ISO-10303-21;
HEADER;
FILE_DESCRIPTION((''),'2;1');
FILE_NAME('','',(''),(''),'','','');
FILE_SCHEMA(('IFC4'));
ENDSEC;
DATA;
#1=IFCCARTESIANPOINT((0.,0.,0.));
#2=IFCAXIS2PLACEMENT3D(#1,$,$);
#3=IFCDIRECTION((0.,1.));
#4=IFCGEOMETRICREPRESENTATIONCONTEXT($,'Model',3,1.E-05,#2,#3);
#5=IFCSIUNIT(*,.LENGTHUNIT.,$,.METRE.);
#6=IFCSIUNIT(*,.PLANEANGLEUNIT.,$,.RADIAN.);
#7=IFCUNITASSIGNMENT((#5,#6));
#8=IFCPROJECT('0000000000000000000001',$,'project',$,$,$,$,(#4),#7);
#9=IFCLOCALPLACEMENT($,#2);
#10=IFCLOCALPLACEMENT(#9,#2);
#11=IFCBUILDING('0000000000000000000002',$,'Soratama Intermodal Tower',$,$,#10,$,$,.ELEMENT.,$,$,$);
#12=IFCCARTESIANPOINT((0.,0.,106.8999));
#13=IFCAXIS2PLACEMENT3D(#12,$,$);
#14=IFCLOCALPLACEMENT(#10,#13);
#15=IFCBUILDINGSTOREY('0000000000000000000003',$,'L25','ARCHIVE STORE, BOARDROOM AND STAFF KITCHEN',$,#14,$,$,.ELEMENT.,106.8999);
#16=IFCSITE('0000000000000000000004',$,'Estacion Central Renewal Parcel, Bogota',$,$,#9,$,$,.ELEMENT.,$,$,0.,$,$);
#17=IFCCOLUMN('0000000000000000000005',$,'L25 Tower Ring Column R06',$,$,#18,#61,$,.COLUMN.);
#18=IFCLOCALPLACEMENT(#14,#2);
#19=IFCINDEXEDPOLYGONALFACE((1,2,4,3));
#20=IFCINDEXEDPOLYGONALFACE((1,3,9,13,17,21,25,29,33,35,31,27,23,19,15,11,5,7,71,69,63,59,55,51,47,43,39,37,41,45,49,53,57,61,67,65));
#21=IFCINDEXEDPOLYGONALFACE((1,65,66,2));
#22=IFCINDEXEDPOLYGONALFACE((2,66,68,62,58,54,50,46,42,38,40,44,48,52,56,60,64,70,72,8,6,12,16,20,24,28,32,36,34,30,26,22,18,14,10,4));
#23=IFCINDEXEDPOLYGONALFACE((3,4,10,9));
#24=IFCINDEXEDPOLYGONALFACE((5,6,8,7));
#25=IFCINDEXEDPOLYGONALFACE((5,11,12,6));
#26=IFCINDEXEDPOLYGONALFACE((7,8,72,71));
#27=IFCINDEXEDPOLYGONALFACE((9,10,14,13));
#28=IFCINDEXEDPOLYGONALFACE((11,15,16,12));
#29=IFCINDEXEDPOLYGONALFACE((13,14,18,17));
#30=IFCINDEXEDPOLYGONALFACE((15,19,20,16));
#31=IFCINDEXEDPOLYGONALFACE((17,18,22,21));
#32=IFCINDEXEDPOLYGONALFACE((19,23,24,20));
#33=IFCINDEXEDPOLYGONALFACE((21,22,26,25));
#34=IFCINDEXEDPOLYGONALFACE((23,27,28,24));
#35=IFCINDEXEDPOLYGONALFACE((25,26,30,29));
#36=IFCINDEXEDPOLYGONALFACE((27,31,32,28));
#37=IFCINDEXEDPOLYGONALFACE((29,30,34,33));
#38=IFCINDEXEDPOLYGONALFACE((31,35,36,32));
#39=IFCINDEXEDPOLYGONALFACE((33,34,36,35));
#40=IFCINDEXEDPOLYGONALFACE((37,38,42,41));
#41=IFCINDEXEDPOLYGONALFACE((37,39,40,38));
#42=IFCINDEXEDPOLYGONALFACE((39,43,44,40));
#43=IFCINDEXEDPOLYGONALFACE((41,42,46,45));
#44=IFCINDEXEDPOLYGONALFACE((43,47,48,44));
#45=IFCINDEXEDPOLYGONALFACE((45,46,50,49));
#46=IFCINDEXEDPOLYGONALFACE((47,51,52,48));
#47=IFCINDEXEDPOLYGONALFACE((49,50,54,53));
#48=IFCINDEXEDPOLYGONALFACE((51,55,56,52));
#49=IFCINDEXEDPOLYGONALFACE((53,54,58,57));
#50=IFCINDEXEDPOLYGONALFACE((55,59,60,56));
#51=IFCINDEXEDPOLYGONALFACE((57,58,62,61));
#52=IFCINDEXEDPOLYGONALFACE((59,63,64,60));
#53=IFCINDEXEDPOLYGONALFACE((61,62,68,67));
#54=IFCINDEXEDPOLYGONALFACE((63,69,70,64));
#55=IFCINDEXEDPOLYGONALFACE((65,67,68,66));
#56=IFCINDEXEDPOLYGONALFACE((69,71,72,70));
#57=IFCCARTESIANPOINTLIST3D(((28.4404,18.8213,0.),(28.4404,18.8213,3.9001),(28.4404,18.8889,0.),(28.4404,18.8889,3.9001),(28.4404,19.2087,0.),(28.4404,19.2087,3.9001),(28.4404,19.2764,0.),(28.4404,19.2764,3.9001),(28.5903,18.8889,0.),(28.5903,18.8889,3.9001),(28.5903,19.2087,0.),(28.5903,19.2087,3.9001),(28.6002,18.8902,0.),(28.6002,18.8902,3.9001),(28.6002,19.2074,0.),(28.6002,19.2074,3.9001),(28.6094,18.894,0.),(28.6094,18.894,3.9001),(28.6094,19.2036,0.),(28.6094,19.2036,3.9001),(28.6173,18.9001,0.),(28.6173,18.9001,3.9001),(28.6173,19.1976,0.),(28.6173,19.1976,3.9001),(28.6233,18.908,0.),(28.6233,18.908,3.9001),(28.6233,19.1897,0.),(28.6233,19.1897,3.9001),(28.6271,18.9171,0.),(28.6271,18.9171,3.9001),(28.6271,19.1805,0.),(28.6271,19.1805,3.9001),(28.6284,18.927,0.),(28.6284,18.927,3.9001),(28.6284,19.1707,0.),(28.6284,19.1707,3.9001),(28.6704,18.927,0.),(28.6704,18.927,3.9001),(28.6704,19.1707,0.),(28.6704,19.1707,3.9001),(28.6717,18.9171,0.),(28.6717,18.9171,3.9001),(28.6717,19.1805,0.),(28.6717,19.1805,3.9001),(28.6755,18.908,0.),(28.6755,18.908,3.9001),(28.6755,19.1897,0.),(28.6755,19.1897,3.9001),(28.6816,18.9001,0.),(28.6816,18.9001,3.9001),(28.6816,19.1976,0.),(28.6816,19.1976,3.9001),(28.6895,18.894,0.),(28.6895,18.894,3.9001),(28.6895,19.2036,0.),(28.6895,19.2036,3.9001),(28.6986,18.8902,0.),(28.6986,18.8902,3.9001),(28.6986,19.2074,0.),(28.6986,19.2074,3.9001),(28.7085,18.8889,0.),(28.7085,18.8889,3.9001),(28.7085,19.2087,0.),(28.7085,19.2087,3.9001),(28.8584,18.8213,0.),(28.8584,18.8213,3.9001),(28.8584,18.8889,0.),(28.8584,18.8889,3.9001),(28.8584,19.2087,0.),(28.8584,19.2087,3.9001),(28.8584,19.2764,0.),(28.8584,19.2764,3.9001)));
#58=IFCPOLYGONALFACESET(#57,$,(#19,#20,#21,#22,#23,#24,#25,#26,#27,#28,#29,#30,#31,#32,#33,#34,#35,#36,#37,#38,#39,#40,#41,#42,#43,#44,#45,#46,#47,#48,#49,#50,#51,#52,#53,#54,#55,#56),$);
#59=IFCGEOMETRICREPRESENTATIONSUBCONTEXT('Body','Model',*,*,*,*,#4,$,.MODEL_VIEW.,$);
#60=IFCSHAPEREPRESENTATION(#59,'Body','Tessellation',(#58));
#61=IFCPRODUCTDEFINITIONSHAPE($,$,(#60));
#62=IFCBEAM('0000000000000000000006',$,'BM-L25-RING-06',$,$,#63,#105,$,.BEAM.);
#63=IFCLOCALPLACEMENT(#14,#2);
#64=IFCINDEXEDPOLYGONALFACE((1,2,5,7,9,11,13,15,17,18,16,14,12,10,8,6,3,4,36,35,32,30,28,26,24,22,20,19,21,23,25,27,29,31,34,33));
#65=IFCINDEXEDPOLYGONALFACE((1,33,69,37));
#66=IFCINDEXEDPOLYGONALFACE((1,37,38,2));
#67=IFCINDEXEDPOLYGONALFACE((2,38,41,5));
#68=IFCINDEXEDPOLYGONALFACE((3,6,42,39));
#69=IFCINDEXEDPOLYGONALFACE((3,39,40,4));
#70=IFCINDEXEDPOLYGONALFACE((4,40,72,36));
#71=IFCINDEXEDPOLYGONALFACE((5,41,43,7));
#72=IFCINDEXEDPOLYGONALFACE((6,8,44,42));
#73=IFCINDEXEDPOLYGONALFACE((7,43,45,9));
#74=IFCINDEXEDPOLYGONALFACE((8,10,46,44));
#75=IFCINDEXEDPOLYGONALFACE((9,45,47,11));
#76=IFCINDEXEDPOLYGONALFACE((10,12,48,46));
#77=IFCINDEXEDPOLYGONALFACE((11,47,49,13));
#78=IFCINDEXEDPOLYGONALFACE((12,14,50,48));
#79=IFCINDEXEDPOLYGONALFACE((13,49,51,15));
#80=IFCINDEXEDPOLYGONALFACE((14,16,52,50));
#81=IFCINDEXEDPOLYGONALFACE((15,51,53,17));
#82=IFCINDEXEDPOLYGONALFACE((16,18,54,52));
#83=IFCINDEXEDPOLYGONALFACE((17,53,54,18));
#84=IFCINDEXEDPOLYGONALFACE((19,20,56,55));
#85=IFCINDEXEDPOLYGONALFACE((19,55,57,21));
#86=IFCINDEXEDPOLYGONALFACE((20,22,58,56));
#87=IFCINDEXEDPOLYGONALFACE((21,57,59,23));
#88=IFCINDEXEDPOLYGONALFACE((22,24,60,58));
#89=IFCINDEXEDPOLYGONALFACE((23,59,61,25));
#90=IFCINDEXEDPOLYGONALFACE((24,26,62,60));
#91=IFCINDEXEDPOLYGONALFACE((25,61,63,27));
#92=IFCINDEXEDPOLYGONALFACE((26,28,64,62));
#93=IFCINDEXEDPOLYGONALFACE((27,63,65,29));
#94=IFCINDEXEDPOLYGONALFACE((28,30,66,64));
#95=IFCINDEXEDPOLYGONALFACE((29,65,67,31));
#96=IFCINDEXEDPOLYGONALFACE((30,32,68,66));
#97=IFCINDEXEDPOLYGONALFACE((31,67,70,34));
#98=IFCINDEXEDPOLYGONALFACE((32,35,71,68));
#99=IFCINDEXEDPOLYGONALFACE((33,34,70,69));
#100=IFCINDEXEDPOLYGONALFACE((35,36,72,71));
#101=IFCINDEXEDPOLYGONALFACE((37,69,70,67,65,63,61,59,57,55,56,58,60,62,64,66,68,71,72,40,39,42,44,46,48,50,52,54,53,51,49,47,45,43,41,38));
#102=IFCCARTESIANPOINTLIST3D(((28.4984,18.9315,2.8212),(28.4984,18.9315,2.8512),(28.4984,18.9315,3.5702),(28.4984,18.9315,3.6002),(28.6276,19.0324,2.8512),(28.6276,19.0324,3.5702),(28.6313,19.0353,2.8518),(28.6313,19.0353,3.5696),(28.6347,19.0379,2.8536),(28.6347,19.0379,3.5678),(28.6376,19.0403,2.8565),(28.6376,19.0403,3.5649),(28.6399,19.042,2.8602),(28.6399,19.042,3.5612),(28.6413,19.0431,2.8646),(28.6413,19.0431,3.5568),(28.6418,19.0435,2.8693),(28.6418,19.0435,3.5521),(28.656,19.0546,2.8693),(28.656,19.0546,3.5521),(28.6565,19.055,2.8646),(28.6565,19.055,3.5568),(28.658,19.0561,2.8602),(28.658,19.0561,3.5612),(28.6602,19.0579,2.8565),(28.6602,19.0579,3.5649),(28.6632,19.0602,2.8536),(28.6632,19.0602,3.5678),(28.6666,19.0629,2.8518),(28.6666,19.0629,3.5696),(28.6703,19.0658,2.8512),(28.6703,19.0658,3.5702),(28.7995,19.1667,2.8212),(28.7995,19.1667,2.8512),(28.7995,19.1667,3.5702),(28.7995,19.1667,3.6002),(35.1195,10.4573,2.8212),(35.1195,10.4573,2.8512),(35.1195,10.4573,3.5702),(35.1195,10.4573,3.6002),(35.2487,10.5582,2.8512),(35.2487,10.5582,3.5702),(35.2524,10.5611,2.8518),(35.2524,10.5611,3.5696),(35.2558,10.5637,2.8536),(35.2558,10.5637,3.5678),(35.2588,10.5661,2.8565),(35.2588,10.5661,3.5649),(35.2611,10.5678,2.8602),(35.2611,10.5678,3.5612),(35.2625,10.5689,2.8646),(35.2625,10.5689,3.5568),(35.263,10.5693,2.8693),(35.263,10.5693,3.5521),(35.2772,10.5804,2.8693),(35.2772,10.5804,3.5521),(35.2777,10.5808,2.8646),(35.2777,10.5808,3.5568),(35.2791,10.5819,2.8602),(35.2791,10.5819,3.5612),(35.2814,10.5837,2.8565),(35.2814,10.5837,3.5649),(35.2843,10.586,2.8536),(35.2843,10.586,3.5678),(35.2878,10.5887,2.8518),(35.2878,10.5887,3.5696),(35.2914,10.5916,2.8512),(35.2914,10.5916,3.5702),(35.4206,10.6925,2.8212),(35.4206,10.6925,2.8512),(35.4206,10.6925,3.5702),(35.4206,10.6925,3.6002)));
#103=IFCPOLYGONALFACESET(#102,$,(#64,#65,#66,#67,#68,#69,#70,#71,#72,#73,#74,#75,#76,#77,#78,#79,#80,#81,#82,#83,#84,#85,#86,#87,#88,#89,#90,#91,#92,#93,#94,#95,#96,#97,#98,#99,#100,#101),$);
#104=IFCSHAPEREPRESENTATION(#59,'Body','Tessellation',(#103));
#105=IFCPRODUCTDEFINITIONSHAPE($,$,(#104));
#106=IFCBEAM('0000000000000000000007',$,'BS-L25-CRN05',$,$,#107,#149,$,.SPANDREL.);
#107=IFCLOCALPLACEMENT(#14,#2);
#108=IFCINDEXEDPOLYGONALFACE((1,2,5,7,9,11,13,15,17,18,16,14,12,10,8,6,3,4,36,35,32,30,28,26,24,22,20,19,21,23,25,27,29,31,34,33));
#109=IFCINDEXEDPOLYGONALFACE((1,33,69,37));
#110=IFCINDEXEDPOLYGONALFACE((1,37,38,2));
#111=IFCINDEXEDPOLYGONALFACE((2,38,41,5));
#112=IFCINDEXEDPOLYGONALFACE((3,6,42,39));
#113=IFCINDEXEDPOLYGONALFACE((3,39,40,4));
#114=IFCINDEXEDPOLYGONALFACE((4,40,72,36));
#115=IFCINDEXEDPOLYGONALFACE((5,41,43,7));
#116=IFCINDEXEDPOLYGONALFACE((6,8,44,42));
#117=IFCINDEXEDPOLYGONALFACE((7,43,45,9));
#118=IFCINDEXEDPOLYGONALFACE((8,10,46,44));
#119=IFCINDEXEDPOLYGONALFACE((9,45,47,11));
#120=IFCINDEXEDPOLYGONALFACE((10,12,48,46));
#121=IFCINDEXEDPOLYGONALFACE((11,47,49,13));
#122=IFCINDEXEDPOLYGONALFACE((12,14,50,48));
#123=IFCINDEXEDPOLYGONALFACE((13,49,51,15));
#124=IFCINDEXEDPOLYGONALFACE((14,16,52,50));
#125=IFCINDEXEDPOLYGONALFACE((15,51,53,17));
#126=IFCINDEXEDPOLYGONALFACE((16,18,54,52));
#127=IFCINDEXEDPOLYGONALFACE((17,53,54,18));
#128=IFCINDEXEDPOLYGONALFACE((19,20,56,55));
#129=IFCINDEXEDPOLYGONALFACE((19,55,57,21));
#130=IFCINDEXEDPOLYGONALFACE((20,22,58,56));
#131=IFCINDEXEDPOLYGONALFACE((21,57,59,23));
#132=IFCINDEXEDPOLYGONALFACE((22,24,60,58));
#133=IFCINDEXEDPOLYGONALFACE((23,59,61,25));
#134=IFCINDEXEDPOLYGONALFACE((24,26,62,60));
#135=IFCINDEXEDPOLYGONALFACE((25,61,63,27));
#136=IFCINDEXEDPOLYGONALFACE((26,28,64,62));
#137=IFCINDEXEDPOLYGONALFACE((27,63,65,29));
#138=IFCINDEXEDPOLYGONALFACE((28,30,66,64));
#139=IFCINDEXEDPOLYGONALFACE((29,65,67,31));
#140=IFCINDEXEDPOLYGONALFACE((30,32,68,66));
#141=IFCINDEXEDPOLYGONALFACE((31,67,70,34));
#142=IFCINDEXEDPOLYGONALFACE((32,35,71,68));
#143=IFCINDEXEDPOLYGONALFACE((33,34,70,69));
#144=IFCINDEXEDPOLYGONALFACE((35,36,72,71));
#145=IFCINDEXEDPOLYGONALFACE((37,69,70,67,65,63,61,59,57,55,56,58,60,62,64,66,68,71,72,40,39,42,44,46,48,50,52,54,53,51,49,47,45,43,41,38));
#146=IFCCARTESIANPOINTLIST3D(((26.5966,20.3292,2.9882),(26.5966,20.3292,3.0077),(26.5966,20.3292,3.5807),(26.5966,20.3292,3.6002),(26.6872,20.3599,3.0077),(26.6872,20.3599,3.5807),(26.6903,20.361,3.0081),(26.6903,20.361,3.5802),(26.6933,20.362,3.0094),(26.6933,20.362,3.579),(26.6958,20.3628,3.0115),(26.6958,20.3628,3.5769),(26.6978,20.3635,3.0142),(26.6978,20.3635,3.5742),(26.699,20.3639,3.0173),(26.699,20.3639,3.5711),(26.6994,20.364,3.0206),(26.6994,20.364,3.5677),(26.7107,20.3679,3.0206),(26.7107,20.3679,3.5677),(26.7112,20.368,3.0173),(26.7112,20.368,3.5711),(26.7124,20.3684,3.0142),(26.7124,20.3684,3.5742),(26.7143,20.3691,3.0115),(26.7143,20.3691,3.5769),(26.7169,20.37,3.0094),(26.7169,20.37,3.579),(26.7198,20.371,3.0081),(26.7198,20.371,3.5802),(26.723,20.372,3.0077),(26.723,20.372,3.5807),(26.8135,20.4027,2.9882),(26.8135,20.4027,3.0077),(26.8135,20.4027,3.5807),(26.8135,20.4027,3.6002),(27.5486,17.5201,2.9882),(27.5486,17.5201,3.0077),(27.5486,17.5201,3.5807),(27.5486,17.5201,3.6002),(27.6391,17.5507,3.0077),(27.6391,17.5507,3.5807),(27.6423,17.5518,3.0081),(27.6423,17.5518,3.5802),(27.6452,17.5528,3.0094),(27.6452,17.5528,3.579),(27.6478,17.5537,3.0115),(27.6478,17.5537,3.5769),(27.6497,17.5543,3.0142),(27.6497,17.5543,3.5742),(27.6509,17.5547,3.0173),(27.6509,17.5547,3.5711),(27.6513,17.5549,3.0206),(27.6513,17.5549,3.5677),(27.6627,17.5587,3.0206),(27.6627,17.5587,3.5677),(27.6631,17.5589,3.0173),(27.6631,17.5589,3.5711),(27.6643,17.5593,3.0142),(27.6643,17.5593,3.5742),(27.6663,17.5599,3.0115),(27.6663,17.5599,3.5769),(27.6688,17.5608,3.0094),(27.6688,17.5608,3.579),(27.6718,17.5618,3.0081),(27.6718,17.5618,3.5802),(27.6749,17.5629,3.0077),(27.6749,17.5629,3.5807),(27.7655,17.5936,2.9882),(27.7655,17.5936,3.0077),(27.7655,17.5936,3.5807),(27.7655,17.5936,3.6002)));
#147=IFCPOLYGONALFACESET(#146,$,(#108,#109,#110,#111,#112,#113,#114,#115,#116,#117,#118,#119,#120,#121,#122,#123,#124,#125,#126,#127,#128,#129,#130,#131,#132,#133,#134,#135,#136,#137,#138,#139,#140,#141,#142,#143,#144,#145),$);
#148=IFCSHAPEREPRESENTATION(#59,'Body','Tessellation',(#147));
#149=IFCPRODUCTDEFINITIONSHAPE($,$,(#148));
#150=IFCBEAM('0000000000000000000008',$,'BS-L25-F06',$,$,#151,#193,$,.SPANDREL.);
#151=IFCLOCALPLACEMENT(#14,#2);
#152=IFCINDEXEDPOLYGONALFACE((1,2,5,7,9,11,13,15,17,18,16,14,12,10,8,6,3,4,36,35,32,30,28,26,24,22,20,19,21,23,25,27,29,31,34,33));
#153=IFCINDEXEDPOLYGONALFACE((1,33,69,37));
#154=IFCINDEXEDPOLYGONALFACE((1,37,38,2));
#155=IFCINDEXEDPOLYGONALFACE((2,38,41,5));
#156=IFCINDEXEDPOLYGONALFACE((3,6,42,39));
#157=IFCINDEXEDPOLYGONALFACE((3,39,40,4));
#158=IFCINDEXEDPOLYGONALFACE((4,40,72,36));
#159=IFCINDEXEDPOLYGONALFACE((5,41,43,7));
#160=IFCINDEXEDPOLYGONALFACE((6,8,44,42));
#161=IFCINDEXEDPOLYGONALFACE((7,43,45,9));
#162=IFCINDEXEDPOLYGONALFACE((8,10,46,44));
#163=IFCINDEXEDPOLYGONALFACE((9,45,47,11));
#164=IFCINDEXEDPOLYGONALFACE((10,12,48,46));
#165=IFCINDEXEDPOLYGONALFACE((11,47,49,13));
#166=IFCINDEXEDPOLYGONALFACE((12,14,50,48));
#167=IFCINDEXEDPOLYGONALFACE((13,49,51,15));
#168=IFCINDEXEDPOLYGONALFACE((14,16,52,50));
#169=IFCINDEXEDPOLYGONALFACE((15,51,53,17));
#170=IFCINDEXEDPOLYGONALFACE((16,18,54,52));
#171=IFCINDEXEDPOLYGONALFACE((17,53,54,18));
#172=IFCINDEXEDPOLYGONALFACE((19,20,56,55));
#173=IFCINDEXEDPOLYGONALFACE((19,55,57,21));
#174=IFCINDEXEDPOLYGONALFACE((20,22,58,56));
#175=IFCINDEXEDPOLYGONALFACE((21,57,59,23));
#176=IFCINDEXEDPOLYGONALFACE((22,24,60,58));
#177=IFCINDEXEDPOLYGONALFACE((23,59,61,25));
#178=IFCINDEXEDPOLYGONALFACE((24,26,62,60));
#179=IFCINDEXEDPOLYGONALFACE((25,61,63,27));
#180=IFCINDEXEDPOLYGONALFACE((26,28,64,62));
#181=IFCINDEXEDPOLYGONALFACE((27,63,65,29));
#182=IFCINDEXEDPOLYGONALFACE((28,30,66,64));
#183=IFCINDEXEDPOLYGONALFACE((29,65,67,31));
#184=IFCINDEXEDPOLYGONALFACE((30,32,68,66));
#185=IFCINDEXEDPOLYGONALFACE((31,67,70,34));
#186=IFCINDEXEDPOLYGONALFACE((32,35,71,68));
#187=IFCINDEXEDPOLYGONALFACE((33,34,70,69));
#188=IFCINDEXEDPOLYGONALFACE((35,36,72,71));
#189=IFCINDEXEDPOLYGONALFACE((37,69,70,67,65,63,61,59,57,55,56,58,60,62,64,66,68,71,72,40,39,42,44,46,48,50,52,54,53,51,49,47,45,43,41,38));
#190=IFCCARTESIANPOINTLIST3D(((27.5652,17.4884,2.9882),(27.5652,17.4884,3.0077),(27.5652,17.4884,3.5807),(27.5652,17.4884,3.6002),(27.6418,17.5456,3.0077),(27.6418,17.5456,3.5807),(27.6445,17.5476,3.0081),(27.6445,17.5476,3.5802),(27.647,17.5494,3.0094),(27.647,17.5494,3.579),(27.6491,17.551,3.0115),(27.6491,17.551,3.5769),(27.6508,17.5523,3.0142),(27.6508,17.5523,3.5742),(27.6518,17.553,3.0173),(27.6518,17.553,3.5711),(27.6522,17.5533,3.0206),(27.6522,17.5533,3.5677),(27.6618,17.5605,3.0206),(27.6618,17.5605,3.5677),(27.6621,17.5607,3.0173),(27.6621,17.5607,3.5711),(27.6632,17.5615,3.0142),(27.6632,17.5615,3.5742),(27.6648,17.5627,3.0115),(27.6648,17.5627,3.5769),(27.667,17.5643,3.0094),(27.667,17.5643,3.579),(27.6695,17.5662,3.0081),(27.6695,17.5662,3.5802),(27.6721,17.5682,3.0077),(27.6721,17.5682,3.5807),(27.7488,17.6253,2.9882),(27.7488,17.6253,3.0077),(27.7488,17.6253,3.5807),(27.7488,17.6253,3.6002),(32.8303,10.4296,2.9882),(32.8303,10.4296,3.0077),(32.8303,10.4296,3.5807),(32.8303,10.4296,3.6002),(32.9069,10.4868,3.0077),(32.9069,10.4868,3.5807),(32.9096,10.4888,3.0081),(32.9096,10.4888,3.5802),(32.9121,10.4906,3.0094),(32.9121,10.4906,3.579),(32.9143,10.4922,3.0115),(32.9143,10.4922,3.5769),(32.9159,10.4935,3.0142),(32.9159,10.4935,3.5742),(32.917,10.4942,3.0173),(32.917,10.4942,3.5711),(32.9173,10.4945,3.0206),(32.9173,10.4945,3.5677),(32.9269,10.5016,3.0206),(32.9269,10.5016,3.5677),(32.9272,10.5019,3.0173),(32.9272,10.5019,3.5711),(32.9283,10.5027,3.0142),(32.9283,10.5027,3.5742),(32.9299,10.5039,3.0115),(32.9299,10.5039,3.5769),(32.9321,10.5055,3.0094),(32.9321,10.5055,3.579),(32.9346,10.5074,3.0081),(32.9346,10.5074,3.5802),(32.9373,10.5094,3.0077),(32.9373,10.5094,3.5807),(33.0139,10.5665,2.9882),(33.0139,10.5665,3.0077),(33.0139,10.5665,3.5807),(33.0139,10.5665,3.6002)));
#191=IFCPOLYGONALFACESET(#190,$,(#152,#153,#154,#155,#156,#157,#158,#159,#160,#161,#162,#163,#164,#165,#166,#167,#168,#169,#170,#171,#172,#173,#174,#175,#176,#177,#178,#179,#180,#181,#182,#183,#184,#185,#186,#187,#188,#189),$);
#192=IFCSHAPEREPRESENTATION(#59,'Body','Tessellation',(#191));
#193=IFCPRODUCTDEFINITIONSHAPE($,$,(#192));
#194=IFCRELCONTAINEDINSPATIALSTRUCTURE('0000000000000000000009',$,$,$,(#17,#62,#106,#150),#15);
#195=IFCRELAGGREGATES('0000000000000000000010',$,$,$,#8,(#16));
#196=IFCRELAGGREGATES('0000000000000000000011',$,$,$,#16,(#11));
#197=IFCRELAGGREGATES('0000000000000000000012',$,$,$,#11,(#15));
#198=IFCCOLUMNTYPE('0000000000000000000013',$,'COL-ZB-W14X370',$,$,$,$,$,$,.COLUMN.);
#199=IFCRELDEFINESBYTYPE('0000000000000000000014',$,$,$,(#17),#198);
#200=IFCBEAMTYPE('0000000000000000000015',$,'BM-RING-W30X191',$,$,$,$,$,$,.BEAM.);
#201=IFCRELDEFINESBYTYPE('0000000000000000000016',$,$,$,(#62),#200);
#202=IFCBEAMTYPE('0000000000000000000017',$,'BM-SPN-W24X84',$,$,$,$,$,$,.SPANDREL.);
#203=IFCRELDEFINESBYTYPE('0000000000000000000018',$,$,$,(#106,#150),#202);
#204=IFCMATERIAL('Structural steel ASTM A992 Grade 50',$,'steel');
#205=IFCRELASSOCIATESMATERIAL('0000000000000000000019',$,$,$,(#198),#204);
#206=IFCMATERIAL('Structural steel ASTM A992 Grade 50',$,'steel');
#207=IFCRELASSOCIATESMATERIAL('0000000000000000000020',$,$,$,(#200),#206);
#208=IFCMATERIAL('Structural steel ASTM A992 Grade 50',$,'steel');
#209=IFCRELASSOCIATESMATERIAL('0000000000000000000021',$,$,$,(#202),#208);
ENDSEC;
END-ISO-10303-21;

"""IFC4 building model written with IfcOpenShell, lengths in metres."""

from ifc_helpers import new_model, si_unit, direction, frame, origin, origin_2d, place, context, subcontext, project, spatial, i_section, extrude, material, material_profile, profile_set, type_object, element, save


model = new_model("IFC4")

# Units and contexts
model_context = context("Model", 3, precision=1e-05, world=origin(), true_north=direction((0.0, 1.0)))
body_context = subcontext(model_context, "Body", "Model", "MODEL_VIEW")
ifc_project = project(units=[si_unit("LENGTHUNIT", "METRE"), si_unit("PLANEANGLEUNIT", "RADIAN")], contexts=[model_context])

# Site, building, storey
site_placement = place(None, origin())
site = spatial("IfcSite", under=ifc_project, at=site_placement, Name="Estacion Central Renewal Parcel, Bogota", CompositionType="ELEMENT", RefElevation=0.0)
building_placement = place(site_placement, origin())
building = spatial("IfcBuilding", under=site, at=building_placement, Name="Soratama Intermodal Tower", CompositionType="ELEMENT")
storey_placement = place(building_placement, frame((0.0, 0.0, 106.8999)))
storey = spatial("IfcBuildingStorey", under=building, at=storey_placement, Name="L25", Description="ARCHIVE STORE, BOARDROOM AND STAFF KITCHEN", CompositionType="ELEMENT", Elevation=106.8999)

# Column
ifc_material_1 = material(Name="Structural steel ASTM A992 Grade 50", Category="steel")
ifc_material_profile_1 = material_profile(ifc_material_1, i_section(OverallWidth=0.418, OverallDepth=0.4551, WebThickness=0.042, FlangeThickness=0.0676, FilletRadius=0.0381, at=origin_2d()), Name="W14X370")
ifc_profile_set_1 = profile_set([ifc_material_profile_1], Name="Structural steel ASTM A992 Grade 50")
column_type = type_object("IfcColumnType", Name="COL-ZB-W14X370", PredefinedType="COLUMN", material=ifc_profile_set_1)
column_placement = place(storey_placement, frame((28.6494, 19.0488, 0.0), z_axis=(0.0, 0.0, 1.0), x_axis=(1.0, 0.0, 0.0)))
element("IfcColumn", 1, at=column_placement, inside=storey, type_object=column_type, Name="L25 Tower Ring Column R06", PredefinedType="COLUMN", context=body_context, shape_type="SweptSolid", body=[
    extrude(i_section(OverallWidth=0.418, OverallDepth=0.4551, WebThickness=0.042, FlangeThickness=0.0676, FilletRadius=0.0381, at=origin_2d()), origin(), (0.0, 0.0, 1.0), 3.9001),
])

# Beams
ifc_material_2 = material(Name="Structural steel ASTM A992 Grade 50", Category="steel")
ifc_material_profile_2 = material_profile(ifc_material_2, i_section(OverallWidth=0.3821, OverallDepth=0.7791, WebThickness=0.0181, FlangeThickness=0.03, FilletRadius=0.0181, at=origin_2d()), Name="W30X191")
ifc_profile_set_2 = profile_set([ifc_material_profile_2], Name="Structural steel ASTM A992 Grade 50")
beam_type_1 = type_object("IfcBeamType", Name="BM-RING-W30X191", PredefinedType="BEAM", material=ifc_profile_set_2)
beam_1_placement = place(storey_placement, frame((28.6489, 19.0491, 3.2107), z_axis=(0.615684, -0.787993, 0.0), x_axis=(0.787993, 0.615684, 0.0)))
element("IfcBeam", 2, at=beam_1_placement, inside=storey, type_object=beam_type_1, Name="BM-L25-RING-06", PredefinedType="BEAM", context=body_context, shape_type="SweptSolid", body=[
    extrude(i_section(OverallWidth=0.3821, OverallDepth=0.7791, WebThickness=0.0181, FlangeThickness=0.03, FilletRadius=0.0181, at=origin_2d()), origin(), (0.0, 0.0, 1.0), 10.7542),
])
ifc_material_3 = material(Name="Structural steel ASTM A992 Grade 50", Category="steel")
ifc_material_profile_3 = material_profile(ifc_material_3, i_section(OverallWidth=0.229, OverallDepth=0.6121, WebThickness=0.012, FlangeThickness=0.0195, FilletRadius=0.0129, at=origin_2d()), Name="W24X84")
ifc_profile_set_3 = profile_set([ifc_material_profile_3], Name="Structural steel ASTM A992 Grade 50")
beam_type_2 = type_object("IfcBeamType", Name="BM-SPN-W24X84", PredefinedType="SPANDREL", material=ifc_profile_set_3)
beam_2_placement = place(storey_placement, frame((26.7051, 20.366, 3.2942), z_axis=(0.32094, -0.947099, 0.0), x_axis=(0.947099, 0.32094, 0.0)))
element("IfcBeam", 3, at=beam_2_placement, inside=storey, type_object=beam_type_2, Name="BS-L25-CRN05", PredefinedType="SPANDREL", context=body_context, shape_type="SweptSolid", body=[
    extrude(i_section(OverallWidth=0.229, OverallDepth=0.6121, WebThickness=0.012, FlangeThickness=0.0195, FilletRadius=0.0129, at=origin_2d()), origin(), (0.0, 0.0, 1.0), 2.9661),
])
beam_3_placement = place(storey_placement, frame((27.657, 17.5569, 3.2942), z_axis=(0.597891, -0.801577, 0.0), x_axis=(0.801577, 0.597891, 0.0)))
element("IfcBeam", 4, at=beam_3_placement, inside=storey, type_object=beam_type_2, Name="BS-L25-F06", PredefinedType="SPANDREL", context=body_context, shape_type="SweptSolid", body=[
    extrude(i_section(OverallWidth=0.229, OverallDepth=0.6121, WebThickness=0.012, FlangeThickness=0.0195, FilletRadius=0.0129, at=origin_2d()), origin(), (0.0, 0.0, 1.0), 8.8062),
])

save(model, "model.ifc")
